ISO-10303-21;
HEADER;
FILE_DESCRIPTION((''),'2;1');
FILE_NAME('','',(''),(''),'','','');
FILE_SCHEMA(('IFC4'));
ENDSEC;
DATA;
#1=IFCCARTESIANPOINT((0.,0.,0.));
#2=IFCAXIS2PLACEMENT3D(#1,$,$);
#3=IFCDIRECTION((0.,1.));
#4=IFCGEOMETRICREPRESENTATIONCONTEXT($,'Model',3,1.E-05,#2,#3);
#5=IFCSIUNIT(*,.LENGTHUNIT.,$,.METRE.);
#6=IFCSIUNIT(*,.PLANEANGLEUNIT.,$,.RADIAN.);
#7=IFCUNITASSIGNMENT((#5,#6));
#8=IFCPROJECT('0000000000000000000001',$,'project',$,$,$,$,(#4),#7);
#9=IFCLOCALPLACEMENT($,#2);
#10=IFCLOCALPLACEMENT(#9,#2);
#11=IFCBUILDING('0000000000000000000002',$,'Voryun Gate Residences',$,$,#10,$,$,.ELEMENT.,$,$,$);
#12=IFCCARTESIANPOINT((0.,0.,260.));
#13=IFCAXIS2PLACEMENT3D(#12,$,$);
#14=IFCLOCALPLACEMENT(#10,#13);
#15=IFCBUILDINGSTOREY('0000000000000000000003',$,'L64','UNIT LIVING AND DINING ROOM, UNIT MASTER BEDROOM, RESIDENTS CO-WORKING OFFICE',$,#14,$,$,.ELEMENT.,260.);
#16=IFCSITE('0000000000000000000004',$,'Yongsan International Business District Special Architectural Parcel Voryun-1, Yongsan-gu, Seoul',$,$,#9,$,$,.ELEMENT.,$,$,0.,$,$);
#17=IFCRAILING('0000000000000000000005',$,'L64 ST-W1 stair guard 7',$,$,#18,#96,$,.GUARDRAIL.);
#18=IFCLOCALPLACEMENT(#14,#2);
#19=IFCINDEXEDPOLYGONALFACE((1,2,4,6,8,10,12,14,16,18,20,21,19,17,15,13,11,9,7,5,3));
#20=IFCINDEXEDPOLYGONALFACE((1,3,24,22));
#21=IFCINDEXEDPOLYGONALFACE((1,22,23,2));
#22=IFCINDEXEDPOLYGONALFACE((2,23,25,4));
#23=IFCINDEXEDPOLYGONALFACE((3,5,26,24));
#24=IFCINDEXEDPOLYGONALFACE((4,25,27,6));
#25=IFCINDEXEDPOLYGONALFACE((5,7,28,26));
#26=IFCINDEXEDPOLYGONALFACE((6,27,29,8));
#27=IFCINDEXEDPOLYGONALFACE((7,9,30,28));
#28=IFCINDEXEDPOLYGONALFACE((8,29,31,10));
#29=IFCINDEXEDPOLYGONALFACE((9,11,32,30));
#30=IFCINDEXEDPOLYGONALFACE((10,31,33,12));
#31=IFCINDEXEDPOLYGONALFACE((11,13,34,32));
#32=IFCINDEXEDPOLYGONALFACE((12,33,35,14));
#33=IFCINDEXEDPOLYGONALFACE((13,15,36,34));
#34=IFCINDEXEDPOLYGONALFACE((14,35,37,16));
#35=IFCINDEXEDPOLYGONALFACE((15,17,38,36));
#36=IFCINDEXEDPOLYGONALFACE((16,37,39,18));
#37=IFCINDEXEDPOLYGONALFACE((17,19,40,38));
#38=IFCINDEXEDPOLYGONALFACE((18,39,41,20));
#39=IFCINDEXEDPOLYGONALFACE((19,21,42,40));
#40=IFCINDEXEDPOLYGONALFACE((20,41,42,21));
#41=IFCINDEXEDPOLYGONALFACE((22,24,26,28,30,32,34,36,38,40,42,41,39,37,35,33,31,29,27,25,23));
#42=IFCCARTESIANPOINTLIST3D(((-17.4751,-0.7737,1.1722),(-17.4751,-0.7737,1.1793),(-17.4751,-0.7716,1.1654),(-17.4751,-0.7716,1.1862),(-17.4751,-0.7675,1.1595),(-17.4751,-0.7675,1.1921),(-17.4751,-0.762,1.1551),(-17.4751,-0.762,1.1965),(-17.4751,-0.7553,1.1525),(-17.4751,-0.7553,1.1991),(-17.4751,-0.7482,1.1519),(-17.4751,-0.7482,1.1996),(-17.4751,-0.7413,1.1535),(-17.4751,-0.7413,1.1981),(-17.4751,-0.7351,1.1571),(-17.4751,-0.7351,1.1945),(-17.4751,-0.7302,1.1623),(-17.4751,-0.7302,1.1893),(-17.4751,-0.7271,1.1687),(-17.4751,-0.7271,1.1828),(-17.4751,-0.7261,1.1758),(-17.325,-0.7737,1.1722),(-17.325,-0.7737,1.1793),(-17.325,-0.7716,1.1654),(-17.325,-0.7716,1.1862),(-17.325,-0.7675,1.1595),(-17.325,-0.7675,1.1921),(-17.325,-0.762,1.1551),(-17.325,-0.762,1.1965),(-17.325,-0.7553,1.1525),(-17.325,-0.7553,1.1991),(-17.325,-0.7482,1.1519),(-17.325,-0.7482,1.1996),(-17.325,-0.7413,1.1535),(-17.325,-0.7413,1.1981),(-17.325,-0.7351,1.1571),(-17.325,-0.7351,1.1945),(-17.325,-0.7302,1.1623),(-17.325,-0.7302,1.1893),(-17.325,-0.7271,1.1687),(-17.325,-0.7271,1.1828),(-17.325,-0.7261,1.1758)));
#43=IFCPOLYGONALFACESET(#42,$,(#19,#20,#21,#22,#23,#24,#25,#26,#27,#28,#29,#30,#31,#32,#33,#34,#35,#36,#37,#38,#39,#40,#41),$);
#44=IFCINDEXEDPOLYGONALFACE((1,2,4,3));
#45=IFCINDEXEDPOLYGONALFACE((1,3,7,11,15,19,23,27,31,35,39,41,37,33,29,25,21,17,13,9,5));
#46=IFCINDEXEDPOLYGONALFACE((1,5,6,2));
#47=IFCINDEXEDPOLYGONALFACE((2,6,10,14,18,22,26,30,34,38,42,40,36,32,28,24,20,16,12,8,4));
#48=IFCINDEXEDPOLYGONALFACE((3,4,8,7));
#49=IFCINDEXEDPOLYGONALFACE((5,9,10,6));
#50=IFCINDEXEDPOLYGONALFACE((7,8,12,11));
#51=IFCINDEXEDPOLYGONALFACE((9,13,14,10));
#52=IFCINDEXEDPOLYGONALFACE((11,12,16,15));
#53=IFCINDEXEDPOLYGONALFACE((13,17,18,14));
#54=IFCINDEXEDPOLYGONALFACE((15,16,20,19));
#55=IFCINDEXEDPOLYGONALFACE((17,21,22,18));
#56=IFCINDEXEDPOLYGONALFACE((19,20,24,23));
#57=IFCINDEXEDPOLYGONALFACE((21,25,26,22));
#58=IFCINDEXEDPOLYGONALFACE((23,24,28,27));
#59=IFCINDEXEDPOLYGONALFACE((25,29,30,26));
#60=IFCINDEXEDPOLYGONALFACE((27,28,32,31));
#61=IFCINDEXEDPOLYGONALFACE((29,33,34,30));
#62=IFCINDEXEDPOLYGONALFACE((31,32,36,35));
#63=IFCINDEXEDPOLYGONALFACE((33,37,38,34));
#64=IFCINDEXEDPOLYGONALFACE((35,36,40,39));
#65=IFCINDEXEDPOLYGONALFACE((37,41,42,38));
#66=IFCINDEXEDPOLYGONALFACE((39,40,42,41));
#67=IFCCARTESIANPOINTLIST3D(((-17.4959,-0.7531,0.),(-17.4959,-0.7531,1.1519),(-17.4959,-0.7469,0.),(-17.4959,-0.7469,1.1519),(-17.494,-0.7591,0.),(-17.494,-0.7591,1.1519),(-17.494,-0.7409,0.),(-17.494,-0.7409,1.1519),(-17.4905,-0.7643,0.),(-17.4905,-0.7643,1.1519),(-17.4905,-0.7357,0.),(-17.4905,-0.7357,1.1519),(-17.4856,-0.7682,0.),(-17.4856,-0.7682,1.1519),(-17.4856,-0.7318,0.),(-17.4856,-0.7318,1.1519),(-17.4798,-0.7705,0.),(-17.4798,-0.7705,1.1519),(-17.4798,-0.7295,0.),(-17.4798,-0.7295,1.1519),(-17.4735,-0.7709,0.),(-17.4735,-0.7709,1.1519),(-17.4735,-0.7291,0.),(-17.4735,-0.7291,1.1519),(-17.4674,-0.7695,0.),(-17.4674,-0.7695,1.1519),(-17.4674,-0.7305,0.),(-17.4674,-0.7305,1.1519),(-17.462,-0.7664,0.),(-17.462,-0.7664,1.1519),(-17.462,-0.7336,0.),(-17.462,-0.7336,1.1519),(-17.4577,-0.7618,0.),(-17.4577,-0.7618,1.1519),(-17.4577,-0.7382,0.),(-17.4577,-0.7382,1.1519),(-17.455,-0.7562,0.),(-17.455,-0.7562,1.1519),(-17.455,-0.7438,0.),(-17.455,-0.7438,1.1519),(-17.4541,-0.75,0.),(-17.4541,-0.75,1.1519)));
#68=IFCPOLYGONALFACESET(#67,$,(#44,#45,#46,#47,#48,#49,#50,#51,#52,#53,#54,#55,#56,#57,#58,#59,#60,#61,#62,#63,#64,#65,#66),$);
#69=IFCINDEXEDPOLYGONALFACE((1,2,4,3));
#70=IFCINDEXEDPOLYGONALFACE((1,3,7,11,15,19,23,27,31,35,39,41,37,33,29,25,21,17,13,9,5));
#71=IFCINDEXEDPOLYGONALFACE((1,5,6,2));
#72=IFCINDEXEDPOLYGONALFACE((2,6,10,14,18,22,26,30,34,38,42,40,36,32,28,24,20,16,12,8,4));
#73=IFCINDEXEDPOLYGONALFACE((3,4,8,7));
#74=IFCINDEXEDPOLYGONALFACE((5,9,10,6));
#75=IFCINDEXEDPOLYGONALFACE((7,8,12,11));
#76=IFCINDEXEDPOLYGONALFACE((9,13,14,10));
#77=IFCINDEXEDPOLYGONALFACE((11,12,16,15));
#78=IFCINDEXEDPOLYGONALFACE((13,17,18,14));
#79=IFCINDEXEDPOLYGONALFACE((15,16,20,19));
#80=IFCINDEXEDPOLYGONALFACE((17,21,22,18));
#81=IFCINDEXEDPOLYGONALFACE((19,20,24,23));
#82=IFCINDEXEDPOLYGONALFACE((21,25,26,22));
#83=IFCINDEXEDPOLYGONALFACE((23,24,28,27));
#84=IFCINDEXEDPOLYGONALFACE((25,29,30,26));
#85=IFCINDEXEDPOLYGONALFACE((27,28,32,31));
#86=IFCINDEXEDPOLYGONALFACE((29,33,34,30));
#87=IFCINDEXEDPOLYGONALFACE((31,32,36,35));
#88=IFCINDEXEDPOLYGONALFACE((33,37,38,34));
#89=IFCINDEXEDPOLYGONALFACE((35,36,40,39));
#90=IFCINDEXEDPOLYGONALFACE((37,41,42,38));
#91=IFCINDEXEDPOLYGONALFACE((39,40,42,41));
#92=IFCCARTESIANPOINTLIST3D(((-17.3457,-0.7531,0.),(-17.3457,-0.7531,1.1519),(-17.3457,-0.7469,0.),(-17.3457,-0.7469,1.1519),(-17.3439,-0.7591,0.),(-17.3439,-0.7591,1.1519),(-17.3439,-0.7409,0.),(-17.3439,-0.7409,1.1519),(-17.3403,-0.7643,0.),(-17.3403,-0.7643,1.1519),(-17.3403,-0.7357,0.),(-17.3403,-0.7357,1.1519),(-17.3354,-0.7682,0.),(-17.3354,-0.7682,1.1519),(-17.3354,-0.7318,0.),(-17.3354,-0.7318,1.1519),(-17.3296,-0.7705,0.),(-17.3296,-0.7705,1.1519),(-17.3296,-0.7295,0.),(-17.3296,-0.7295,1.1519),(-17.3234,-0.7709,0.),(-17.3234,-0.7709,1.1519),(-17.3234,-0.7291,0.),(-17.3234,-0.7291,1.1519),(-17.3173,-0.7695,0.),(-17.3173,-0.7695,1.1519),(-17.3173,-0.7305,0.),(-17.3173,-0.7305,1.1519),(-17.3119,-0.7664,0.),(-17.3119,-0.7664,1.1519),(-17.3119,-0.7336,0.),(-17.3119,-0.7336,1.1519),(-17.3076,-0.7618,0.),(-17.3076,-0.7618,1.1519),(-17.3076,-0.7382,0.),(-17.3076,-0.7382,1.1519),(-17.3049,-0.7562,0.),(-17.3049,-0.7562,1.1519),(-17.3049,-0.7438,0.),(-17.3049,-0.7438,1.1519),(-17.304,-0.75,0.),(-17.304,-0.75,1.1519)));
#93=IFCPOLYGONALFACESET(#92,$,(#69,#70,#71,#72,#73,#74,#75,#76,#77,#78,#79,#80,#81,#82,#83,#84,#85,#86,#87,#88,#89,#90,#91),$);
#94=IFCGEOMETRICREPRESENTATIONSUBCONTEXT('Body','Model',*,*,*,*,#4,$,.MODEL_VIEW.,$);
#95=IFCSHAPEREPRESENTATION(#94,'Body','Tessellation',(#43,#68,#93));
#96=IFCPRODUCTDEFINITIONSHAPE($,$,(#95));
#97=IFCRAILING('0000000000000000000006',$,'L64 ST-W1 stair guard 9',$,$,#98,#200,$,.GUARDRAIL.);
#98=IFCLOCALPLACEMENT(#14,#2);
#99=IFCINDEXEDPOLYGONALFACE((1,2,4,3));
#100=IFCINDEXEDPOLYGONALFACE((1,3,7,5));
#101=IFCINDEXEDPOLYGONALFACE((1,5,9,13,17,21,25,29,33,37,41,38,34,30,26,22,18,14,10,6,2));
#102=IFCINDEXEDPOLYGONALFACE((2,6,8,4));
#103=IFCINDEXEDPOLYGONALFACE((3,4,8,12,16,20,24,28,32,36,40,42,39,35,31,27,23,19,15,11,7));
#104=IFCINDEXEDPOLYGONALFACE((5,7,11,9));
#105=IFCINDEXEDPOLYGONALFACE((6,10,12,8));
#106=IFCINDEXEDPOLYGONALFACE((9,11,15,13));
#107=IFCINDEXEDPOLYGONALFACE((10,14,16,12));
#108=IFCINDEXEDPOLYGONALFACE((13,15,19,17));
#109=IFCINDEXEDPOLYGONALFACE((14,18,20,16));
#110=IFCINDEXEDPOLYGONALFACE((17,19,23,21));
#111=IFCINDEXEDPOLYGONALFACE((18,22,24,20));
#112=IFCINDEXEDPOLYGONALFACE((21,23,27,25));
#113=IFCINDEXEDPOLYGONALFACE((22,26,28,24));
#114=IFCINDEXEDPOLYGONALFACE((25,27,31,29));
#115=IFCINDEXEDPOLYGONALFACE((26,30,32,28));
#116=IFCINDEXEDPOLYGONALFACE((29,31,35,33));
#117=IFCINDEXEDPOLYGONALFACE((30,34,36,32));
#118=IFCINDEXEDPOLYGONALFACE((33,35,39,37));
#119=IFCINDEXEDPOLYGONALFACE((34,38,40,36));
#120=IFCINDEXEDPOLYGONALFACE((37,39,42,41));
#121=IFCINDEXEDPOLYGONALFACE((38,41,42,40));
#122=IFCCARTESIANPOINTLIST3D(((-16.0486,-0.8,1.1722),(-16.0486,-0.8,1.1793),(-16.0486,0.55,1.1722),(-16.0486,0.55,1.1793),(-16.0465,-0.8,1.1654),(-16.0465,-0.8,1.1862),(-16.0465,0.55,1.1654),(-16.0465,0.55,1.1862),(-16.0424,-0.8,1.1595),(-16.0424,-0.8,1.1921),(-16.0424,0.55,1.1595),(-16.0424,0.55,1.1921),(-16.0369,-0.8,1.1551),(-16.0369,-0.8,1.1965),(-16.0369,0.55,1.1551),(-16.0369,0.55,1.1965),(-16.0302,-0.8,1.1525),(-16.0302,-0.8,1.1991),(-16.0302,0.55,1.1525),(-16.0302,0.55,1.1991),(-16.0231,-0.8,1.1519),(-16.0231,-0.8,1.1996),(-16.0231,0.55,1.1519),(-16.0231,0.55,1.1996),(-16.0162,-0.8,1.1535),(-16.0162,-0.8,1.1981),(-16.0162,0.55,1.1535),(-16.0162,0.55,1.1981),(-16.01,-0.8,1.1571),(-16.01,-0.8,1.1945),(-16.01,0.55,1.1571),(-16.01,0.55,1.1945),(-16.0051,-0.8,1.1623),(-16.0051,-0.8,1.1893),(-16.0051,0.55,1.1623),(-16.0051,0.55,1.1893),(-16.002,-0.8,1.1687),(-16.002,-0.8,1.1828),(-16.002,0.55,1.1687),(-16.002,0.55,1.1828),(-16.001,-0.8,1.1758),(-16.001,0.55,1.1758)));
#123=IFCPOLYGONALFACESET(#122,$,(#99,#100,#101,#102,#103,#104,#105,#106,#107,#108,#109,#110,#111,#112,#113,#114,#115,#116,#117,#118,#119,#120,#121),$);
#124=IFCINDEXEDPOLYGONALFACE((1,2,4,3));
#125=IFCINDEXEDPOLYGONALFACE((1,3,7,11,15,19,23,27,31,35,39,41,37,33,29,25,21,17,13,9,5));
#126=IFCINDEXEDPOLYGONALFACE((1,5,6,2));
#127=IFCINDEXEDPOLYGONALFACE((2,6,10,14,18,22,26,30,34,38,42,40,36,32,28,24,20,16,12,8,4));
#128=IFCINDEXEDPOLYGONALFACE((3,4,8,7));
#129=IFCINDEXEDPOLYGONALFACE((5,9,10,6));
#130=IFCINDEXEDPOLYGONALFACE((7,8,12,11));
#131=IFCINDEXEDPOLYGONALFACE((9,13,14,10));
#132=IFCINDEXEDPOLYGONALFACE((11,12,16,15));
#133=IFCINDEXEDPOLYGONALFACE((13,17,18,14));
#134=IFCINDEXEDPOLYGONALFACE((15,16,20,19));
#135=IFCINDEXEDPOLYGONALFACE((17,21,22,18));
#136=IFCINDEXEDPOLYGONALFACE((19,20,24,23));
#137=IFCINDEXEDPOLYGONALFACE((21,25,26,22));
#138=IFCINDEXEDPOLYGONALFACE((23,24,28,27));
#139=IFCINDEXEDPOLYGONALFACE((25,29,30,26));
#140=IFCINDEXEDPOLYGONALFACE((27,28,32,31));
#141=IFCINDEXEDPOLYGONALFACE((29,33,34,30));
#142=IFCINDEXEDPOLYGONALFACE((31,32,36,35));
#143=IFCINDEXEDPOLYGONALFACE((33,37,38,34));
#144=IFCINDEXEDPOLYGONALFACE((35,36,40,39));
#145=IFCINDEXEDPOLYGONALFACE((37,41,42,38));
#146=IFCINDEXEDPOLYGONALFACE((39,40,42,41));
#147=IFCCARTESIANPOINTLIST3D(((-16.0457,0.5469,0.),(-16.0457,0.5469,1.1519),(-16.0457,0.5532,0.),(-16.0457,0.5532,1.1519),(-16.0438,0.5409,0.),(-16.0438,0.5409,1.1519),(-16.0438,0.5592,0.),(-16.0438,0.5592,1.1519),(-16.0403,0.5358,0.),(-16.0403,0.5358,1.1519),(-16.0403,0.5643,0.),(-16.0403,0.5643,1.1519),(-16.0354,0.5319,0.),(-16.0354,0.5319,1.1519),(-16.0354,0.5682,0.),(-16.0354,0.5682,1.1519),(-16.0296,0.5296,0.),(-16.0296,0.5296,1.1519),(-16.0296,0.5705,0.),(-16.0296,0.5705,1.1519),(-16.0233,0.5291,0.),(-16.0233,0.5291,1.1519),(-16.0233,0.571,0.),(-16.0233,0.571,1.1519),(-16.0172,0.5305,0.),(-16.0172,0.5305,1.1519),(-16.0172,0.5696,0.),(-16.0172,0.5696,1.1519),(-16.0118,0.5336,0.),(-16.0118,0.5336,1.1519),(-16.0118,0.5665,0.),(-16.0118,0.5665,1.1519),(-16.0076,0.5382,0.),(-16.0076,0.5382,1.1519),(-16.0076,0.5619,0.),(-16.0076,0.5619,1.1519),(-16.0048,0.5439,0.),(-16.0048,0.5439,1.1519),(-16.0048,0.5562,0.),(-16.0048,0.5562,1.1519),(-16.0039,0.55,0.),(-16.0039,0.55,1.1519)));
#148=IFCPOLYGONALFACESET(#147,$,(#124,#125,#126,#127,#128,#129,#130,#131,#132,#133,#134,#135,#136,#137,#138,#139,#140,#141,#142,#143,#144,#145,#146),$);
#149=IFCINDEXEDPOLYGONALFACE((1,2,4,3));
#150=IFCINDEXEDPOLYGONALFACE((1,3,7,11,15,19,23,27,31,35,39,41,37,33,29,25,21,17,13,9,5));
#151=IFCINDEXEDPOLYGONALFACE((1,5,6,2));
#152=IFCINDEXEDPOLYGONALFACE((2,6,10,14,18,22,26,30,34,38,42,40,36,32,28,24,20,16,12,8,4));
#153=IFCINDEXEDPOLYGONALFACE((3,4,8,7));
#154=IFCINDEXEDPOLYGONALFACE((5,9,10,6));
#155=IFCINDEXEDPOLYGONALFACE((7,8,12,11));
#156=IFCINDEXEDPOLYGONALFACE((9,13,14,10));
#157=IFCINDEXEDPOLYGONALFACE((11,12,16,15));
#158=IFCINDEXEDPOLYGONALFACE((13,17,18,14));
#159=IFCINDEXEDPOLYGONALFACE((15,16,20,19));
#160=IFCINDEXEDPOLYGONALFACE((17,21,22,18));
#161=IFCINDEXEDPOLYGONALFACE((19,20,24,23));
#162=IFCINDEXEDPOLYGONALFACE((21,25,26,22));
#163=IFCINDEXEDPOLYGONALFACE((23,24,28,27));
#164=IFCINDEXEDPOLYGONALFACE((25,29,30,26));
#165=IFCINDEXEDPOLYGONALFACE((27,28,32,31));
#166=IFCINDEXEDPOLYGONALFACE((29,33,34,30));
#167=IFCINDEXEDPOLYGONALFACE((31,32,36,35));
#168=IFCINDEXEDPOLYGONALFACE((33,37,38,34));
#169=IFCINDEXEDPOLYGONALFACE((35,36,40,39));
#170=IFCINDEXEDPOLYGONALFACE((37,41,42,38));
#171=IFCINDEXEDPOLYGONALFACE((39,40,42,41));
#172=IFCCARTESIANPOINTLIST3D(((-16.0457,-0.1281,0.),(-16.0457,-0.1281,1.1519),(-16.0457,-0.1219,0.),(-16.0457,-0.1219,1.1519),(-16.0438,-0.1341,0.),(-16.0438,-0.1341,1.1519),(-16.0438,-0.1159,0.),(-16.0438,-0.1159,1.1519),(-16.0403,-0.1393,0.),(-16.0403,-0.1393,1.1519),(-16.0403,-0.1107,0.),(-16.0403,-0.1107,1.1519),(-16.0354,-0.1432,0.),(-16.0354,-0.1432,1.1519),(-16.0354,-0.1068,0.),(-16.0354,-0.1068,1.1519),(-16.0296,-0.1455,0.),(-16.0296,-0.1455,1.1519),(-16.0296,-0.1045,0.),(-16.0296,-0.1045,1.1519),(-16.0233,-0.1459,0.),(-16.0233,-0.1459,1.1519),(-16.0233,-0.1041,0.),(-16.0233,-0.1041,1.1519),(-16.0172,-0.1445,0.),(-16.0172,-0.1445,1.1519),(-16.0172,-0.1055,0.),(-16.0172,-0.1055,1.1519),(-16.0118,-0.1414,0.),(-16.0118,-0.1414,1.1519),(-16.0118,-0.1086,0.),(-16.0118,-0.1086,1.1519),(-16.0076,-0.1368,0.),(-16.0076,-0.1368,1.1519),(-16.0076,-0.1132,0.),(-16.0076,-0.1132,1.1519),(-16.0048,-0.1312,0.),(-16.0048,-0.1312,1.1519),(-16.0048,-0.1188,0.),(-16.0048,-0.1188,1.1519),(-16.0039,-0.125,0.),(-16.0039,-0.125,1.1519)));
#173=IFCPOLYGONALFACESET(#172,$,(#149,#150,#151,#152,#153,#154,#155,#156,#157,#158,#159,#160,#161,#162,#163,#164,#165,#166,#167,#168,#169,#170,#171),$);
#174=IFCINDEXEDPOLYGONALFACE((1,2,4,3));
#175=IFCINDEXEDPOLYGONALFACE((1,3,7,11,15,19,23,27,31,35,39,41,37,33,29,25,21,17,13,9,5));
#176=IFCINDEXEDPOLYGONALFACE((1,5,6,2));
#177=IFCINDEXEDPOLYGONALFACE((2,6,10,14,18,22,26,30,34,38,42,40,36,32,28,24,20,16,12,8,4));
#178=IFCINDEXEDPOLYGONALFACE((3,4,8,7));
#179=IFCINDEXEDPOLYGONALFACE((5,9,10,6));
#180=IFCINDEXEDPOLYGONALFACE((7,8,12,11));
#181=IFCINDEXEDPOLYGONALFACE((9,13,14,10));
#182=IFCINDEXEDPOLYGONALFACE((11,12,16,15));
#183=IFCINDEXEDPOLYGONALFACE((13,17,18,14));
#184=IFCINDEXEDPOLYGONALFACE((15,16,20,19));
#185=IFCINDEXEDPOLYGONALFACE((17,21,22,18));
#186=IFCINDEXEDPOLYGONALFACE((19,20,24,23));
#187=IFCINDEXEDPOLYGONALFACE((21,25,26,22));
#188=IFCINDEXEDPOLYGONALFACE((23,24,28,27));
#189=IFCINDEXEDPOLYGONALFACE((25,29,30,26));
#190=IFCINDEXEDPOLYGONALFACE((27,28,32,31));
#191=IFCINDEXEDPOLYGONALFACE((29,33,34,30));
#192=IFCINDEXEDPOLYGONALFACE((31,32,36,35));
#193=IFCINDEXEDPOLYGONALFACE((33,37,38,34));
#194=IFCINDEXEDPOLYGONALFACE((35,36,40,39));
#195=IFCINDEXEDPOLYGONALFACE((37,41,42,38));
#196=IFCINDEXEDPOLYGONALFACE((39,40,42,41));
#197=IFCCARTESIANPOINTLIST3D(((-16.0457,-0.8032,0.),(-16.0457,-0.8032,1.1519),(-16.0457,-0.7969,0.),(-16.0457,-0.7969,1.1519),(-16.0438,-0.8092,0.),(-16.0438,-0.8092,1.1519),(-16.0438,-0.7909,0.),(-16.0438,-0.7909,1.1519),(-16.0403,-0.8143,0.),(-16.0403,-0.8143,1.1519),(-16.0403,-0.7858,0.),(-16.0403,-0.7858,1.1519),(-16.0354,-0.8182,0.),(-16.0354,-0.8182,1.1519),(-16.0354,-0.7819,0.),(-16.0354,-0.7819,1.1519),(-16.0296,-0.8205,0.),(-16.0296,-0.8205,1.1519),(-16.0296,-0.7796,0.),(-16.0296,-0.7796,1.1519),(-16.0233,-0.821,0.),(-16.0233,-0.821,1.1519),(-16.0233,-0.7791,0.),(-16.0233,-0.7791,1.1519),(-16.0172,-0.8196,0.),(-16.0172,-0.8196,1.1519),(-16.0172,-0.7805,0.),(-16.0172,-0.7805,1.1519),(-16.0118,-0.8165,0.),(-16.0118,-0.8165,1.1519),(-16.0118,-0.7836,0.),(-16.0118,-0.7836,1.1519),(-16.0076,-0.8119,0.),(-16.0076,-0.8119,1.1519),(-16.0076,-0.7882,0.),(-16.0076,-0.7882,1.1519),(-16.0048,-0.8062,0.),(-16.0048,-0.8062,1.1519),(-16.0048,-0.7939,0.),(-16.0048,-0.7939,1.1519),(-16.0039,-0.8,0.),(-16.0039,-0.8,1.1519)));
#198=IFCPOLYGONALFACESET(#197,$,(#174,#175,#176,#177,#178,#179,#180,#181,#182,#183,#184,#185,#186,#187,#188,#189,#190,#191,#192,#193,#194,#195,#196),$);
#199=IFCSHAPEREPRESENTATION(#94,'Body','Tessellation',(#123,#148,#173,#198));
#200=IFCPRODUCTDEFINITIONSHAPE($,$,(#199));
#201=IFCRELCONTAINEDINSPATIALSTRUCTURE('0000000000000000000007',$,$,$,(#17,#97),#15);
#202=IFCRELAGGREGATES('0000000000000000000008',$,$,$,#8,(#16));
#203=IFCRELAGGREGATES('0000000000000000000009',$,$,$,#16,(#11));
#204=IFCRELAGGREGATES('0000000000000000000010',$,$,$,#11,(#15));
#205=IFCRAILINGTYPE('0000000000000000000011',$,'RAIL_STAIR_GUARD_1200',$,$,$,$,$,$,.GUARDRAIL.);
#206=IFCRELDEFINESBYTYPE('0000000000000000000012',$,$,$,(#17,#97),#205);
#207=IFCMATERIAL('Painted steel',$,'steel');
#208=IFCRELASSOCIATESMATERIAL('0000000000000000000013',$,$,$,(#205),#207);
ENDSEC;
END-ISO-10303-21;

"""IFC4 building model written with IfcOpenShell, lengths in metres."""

from ifc_helpers import new_model, si_unit, direction, frame, origin, origin_2d, place, context, subcontext, project, spatial, circle, extrude, material, type_object, element, save


model = new_model("IFC4")

# Units and contexts
model_context = context("Model", 3, precision=1e-05, world=origin(), true_north=direction((0.0, 1.0)))
body_context = subcontext(model_context, "Body", "Model", "MODEL_VIEW")
ifc_project = project(units=[si_unit("LENGTHUNIT", "METRE"), si_unit("PLANEANGLEUNIT", "RADIAN")], contexts=[model_context])

# Site, building, storey
site_placement = place(None, origin())
site = spatial("IfcSite", under=ifc_project, at=site_placement, Name="Yongsan International Business District Special Architectural Parcel Voryun-1, Yongsan-gu, Seoul", CompositionType="ELEMENT", RefElevation=0.0)
building_placement = place(site_placement, origin())
building = spatial("IfcBuilding", under=site, at=building_placement, Name="Voryun Gate Residences", CompositionType="ELEMENT")
storey_placement = place(building_placement, frame((0.0, 0.0, 260.0)))
storey = spatial("IfcBuildingStorey", under=building, at=storey_placement, Name="L64", Description="UNIT LIVING AND DINING ROOM, UNIT MASTER BEDROOM, RESIDENTS CO-WORKING OFFICE", CompositionType="ELEMENT", Elevation=260.0)

# Railings
ifc_material_1 = material(Name="Painted steel", Category="steel")
railing_type_1 = type_object("IfcRailingType", Name="RAIL_STAIR_GUARD_1200", PredefinedType="GUARDRAIL", material=ifc_material_1)
railing_1_placement = place(storey_placement, frame((-17.4751, -0.75, 0.0)))
element("IfcRailing", 1, at=railing_1_placement, inside=storey, type_object=railing_type_1, Name="L64 ST-W1 stair guard 7", PredefinedType="GUARDRAIL", context=body_context, shape_type="SweptSolid", body=[
    extrude(circle(Radius=0.0239, at=origin_2d()), frame((0.0, 0.0, 1.1758), z_axis=(1.0, 0.0, 0.0), x_axis=(0.0, 1.0, 0.0)), (0.0, 0.0, 1.0), 0.1501),
    extrude(circle(Radius=0.021, at=origin_2d()), origin(), (0.0, 0.0, 1.0), 1.1519),
    extrude(circle(Radius=0.021, at=origin_2d()), frame((0.1501, 0.0, 0.0)), (0.0, 0.0, 1.0), 1.1519),
])
railing_2_placement = place(storey_placement, frame((-16.0249, 0.55, 0.0)))
element("IfcRailing", 2, at=railing_2_placement, inside=storey, type_object=railing_type_1, Name="L64 ST-W1 stair guard 9", PredefinedType="GUARDRAIL", context=body_context, shape_type="SweptSolid", body=[
    extrude(circle(Radius=0.0239, at=origin_2d()), frame((0.0, 0.0, 1.1758), z_axis=(0.0, -1.0, 0.0), x_axis=(1.0, 0.0, 0.0)), (0.0, 0.0, 1.0), 1.3501),
    extrude(circle(Radius=0.021, at=origin_2d()), origin(), (0.0, 0.0, 1.0), 1.1519),
    extrude(circle(Radius=0.021, at=origin_2d()), frame((0.0, -0.675, 0.0)), (0.0, 0.0, 1.0), 1.1519),
    extrude(circle(Radius=0.021, at=origin_2d()), frame((0.0, -1.3501, 0.0)), (0.0, 0.0, 1.0), 1.1519),
])

save(model, "model.ifc")
